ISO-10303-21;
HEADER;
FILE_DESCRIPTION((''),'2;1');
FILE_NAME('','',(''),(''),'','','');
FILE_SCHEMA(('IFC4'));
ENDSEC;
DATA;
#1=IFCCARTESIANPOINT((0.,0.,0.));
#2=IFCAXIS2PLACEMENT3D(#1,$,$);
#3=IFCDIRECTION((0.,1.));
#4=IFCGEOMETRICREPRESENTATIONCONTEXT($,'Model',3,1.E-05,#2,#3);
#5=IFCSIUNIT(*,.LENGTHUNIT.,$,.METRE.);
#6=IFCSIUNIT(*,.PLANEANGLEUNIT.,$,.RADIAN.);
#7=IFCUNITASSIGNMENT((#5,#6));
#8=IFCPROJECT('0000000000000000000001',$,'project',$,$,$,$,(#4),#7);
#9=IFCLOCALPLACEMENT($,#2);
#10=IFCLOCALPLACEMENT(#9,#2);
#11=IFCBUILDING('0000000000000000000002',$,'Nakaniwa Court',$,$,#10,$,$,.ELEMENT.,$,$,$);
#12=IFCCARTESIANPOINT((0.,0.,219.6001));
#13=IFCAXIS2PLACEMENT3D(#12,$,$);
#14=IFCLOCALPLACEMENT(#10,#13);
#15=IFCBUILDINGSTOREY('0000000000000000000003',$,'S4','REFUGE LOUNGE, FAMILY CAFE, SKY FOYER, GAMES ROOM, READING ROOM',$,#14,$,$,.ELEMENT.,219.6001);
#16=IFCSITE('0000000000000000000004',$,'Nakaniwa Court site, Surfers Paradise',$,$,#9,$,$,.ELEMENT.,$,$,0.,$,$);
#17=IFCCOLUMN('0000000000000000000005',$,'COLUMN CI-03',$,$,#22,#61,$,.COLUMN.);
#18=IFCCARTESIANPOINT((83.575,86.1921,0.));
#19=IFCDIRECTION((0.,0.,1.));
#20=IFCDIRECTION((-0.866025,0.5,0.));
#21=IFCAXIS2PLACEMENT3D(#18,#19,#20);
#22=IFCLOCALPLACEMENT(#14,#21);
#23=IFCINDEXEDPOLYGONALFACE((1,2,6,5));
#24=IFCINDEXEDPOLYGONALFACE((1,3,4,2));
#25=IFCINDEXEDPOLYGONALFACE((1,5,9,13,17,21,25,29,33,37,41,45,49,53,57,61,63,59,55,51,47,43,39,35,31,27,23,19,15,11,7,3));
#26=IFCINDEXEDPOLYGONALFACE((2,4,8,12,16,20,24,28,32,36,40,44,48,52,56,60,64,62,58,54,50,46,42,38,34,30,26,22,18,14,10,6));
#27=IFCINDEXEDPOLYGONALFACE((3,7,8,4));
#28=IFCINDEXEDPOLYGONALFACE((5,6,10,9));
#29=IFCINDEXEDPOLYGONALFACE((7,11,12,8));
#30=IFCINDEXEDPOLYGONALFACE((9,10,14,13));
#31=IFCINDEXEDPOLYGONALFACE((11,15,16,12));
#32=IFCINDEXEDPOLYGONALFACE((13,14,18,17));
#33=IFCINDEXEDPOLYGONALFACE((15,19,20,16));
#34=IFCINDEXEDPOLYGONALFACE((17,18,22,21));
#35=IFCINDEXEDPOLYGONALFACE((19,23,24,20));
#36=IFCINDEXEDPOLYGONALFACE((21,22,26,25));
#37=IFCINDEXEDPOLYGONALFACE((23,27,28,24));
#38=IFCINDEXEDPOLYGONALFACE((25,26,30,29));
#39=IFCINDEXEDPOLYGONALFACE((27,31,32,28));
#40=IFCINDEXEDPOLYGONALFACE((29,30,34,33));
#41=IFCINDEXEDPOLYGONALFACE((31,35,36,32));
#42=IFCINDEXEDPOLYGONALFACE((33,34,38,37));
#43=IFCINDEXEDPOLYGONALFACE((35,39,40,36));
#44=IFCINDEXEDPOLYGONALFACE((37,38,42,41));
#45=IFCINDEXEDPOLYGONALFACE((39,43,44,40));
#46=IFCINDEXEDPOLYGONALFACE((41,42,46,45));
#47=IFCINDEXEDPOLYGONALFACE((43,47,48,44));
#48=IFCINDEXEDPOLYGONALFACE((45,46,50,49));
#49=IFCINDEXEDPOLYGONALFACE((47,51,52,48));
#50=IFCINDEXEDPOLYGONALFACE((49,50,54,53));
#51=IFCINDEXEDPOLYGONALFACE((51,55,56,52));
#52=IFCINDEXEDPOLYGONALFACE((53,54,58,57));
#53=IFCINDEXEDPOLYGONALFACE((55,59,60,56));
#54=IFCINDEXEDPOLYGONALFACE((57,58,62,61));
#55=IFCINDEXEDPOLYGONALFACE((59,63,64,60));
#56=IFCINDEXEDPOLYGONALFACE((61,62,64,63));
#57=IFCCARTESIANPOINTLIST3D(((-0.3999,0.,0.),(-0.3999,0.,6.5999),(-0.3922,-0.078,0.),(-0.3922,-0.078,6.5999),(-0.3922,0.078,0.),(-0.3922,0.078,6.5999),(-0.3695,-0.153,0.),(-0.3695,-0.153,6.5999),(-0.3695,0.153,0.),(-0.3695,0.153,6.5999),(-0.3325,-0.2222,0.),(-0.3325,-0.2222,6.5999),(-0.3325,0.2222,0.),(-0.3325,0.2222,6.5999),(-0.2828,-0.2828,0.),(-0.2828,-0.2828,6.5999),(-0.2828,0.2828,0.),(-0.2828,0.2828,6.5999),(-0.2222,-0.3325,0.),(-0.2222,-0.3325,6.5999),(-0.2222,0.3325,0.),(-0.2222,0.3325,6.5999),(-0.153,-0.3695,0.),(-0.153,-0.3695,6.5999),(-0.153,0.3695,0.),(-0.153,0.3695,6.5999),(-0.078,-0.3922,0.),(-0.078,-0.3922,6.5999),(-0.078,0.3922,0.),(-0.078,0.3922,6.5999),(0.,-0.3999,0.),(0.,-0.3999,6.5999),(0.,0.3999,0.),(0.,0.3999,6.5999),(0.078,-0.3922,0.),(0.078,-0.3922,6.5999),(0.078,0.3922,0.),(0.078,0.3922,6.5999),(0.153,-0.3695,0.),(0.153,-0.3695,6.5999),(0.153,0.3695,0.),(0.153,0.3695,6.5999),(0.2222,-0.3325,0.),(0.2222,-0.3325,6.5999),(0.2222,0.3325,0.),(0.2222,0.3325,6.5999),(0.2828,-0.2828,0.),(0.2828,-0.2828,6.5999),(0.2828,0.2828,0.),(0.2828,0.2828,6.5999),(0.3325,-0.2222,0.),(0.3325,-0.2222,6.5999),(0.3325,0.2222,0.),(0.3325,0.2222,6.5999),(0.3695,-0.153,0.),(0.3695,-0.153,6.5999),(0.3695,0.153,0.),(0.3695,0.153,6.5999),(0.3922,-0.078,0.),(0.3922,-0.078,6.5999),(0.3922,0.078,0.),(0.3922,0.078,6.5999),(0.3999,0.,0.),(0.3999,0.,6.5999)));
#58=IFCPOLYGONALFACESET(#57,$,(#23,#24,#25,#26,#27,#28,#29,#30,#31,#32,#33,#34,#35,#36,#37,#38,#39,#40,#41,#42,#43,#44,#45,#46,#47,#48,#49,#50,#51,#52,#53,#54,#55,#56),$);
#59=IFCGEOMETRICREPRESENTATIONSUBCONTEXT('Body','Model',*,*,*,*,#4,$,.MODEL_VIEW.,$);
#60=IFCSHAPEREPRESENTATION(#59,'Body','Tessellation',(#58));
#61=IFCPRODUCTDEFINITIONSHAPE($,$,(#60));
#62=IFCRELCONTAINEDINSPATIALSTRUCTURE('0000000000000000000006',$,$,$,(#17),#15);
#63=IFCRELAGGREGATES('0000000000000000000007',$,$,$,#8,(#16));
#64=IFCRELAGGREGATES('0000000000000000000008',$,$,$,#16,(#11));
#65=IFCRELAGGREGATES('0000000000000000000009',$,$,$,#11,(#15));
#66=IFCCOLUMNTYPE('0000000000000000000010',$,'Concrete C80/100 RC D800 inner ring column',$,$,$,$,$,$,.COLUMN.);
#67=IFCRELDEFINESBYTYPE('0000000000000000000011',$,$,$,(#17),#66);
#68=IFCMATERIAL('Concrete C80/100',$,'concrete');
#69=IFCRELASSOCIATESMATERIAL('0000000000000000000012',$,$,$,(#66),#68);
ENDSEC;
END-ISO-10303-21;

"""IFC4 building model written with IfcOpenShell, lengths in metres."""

from ifc_helpers import new_model, si_unit, direction, frame, origin, origin_2d, place, context, subcontext, project, spatial, circle, extrude, material, material_profile, profile_set, type_object, element, save


model = new_model("IFC4")

# Units and contexts
model_context = context("Model", 3, precision=1e-05, world=origin(), true_north=direction((0.0, 1.0)))
body_context = subcontext(model_context, "Body", "Model", "MODEL_VIEW")
ifc_project = project(units=[si_unit("LENGTHUNIT", "METRE"), si_unit("PLANEANGLEUNIT", "RADIAN")], contexts=[model_context])

# Site, building, storey
site_placement = place(None, origin())
site = spatial("IfcSite", under=ifc_project, at=site_placement, Name="Nakaniwa Court site, Surfers Paradise", CompositionType="ELEMENT", RefElevation=0.0)
building_placement = place(site_placement, origin())
building = spatial("IfcBuilding", under=site, at=building_placement, Name="Nakaniwa Court", CompositionType="ELEMENT")
storey_placement = place(building_placement, frame((0.0, 0.0, 219.6001)))
storey = spatial("IfcBuildingStorey", under=building, at=storey_placement, Name="S4", Description="REFUGE LOUNGE, FAMILY CAFE, SKY FOYER, GAMES ROOM, READING ROOM", CompositionType="ELEMENT", Elevation=219.6001)

# Column
ifc_material_1 = material(Name="Concrete C80/100", Category="concrete")
ifc_material_profile_1 = material_profile(ifc_material_1, circle(Radius=0.3999, at=origin_2d()), Name="Concrete C80/100 RC D800 inner ring column")
ifc_profile_set_1 = profile_set([ifc_material_profile_1], Name="Concrete C80/100")
column_type = type_object("IfcColumnType", Name="Concrete C80/100 RC D800 inner ring column", PredefinedType="COLUMN", material=ifc_profile_set_1)
column_placement = place(storey_placement, frame((83.575, 86.1921, 0.0), z_axis=(0.0, 0.0, 1.0), x_axis=(-0.866025, 0.5, 0.0)))
element("IfcColumn", 1, at=column_placement, inside=storey, type_object=column_type, Name="COLUMN CI-03", PredefinedType="COLUMN", context=body_context, shape_type="SweptSolid", body=[
    extrude(circle(Radius=0.3999, at=origin_2d()), origin(), (0.0, 0.0, 1.0), 6.5999),
])

save(model, "model.ifc")
